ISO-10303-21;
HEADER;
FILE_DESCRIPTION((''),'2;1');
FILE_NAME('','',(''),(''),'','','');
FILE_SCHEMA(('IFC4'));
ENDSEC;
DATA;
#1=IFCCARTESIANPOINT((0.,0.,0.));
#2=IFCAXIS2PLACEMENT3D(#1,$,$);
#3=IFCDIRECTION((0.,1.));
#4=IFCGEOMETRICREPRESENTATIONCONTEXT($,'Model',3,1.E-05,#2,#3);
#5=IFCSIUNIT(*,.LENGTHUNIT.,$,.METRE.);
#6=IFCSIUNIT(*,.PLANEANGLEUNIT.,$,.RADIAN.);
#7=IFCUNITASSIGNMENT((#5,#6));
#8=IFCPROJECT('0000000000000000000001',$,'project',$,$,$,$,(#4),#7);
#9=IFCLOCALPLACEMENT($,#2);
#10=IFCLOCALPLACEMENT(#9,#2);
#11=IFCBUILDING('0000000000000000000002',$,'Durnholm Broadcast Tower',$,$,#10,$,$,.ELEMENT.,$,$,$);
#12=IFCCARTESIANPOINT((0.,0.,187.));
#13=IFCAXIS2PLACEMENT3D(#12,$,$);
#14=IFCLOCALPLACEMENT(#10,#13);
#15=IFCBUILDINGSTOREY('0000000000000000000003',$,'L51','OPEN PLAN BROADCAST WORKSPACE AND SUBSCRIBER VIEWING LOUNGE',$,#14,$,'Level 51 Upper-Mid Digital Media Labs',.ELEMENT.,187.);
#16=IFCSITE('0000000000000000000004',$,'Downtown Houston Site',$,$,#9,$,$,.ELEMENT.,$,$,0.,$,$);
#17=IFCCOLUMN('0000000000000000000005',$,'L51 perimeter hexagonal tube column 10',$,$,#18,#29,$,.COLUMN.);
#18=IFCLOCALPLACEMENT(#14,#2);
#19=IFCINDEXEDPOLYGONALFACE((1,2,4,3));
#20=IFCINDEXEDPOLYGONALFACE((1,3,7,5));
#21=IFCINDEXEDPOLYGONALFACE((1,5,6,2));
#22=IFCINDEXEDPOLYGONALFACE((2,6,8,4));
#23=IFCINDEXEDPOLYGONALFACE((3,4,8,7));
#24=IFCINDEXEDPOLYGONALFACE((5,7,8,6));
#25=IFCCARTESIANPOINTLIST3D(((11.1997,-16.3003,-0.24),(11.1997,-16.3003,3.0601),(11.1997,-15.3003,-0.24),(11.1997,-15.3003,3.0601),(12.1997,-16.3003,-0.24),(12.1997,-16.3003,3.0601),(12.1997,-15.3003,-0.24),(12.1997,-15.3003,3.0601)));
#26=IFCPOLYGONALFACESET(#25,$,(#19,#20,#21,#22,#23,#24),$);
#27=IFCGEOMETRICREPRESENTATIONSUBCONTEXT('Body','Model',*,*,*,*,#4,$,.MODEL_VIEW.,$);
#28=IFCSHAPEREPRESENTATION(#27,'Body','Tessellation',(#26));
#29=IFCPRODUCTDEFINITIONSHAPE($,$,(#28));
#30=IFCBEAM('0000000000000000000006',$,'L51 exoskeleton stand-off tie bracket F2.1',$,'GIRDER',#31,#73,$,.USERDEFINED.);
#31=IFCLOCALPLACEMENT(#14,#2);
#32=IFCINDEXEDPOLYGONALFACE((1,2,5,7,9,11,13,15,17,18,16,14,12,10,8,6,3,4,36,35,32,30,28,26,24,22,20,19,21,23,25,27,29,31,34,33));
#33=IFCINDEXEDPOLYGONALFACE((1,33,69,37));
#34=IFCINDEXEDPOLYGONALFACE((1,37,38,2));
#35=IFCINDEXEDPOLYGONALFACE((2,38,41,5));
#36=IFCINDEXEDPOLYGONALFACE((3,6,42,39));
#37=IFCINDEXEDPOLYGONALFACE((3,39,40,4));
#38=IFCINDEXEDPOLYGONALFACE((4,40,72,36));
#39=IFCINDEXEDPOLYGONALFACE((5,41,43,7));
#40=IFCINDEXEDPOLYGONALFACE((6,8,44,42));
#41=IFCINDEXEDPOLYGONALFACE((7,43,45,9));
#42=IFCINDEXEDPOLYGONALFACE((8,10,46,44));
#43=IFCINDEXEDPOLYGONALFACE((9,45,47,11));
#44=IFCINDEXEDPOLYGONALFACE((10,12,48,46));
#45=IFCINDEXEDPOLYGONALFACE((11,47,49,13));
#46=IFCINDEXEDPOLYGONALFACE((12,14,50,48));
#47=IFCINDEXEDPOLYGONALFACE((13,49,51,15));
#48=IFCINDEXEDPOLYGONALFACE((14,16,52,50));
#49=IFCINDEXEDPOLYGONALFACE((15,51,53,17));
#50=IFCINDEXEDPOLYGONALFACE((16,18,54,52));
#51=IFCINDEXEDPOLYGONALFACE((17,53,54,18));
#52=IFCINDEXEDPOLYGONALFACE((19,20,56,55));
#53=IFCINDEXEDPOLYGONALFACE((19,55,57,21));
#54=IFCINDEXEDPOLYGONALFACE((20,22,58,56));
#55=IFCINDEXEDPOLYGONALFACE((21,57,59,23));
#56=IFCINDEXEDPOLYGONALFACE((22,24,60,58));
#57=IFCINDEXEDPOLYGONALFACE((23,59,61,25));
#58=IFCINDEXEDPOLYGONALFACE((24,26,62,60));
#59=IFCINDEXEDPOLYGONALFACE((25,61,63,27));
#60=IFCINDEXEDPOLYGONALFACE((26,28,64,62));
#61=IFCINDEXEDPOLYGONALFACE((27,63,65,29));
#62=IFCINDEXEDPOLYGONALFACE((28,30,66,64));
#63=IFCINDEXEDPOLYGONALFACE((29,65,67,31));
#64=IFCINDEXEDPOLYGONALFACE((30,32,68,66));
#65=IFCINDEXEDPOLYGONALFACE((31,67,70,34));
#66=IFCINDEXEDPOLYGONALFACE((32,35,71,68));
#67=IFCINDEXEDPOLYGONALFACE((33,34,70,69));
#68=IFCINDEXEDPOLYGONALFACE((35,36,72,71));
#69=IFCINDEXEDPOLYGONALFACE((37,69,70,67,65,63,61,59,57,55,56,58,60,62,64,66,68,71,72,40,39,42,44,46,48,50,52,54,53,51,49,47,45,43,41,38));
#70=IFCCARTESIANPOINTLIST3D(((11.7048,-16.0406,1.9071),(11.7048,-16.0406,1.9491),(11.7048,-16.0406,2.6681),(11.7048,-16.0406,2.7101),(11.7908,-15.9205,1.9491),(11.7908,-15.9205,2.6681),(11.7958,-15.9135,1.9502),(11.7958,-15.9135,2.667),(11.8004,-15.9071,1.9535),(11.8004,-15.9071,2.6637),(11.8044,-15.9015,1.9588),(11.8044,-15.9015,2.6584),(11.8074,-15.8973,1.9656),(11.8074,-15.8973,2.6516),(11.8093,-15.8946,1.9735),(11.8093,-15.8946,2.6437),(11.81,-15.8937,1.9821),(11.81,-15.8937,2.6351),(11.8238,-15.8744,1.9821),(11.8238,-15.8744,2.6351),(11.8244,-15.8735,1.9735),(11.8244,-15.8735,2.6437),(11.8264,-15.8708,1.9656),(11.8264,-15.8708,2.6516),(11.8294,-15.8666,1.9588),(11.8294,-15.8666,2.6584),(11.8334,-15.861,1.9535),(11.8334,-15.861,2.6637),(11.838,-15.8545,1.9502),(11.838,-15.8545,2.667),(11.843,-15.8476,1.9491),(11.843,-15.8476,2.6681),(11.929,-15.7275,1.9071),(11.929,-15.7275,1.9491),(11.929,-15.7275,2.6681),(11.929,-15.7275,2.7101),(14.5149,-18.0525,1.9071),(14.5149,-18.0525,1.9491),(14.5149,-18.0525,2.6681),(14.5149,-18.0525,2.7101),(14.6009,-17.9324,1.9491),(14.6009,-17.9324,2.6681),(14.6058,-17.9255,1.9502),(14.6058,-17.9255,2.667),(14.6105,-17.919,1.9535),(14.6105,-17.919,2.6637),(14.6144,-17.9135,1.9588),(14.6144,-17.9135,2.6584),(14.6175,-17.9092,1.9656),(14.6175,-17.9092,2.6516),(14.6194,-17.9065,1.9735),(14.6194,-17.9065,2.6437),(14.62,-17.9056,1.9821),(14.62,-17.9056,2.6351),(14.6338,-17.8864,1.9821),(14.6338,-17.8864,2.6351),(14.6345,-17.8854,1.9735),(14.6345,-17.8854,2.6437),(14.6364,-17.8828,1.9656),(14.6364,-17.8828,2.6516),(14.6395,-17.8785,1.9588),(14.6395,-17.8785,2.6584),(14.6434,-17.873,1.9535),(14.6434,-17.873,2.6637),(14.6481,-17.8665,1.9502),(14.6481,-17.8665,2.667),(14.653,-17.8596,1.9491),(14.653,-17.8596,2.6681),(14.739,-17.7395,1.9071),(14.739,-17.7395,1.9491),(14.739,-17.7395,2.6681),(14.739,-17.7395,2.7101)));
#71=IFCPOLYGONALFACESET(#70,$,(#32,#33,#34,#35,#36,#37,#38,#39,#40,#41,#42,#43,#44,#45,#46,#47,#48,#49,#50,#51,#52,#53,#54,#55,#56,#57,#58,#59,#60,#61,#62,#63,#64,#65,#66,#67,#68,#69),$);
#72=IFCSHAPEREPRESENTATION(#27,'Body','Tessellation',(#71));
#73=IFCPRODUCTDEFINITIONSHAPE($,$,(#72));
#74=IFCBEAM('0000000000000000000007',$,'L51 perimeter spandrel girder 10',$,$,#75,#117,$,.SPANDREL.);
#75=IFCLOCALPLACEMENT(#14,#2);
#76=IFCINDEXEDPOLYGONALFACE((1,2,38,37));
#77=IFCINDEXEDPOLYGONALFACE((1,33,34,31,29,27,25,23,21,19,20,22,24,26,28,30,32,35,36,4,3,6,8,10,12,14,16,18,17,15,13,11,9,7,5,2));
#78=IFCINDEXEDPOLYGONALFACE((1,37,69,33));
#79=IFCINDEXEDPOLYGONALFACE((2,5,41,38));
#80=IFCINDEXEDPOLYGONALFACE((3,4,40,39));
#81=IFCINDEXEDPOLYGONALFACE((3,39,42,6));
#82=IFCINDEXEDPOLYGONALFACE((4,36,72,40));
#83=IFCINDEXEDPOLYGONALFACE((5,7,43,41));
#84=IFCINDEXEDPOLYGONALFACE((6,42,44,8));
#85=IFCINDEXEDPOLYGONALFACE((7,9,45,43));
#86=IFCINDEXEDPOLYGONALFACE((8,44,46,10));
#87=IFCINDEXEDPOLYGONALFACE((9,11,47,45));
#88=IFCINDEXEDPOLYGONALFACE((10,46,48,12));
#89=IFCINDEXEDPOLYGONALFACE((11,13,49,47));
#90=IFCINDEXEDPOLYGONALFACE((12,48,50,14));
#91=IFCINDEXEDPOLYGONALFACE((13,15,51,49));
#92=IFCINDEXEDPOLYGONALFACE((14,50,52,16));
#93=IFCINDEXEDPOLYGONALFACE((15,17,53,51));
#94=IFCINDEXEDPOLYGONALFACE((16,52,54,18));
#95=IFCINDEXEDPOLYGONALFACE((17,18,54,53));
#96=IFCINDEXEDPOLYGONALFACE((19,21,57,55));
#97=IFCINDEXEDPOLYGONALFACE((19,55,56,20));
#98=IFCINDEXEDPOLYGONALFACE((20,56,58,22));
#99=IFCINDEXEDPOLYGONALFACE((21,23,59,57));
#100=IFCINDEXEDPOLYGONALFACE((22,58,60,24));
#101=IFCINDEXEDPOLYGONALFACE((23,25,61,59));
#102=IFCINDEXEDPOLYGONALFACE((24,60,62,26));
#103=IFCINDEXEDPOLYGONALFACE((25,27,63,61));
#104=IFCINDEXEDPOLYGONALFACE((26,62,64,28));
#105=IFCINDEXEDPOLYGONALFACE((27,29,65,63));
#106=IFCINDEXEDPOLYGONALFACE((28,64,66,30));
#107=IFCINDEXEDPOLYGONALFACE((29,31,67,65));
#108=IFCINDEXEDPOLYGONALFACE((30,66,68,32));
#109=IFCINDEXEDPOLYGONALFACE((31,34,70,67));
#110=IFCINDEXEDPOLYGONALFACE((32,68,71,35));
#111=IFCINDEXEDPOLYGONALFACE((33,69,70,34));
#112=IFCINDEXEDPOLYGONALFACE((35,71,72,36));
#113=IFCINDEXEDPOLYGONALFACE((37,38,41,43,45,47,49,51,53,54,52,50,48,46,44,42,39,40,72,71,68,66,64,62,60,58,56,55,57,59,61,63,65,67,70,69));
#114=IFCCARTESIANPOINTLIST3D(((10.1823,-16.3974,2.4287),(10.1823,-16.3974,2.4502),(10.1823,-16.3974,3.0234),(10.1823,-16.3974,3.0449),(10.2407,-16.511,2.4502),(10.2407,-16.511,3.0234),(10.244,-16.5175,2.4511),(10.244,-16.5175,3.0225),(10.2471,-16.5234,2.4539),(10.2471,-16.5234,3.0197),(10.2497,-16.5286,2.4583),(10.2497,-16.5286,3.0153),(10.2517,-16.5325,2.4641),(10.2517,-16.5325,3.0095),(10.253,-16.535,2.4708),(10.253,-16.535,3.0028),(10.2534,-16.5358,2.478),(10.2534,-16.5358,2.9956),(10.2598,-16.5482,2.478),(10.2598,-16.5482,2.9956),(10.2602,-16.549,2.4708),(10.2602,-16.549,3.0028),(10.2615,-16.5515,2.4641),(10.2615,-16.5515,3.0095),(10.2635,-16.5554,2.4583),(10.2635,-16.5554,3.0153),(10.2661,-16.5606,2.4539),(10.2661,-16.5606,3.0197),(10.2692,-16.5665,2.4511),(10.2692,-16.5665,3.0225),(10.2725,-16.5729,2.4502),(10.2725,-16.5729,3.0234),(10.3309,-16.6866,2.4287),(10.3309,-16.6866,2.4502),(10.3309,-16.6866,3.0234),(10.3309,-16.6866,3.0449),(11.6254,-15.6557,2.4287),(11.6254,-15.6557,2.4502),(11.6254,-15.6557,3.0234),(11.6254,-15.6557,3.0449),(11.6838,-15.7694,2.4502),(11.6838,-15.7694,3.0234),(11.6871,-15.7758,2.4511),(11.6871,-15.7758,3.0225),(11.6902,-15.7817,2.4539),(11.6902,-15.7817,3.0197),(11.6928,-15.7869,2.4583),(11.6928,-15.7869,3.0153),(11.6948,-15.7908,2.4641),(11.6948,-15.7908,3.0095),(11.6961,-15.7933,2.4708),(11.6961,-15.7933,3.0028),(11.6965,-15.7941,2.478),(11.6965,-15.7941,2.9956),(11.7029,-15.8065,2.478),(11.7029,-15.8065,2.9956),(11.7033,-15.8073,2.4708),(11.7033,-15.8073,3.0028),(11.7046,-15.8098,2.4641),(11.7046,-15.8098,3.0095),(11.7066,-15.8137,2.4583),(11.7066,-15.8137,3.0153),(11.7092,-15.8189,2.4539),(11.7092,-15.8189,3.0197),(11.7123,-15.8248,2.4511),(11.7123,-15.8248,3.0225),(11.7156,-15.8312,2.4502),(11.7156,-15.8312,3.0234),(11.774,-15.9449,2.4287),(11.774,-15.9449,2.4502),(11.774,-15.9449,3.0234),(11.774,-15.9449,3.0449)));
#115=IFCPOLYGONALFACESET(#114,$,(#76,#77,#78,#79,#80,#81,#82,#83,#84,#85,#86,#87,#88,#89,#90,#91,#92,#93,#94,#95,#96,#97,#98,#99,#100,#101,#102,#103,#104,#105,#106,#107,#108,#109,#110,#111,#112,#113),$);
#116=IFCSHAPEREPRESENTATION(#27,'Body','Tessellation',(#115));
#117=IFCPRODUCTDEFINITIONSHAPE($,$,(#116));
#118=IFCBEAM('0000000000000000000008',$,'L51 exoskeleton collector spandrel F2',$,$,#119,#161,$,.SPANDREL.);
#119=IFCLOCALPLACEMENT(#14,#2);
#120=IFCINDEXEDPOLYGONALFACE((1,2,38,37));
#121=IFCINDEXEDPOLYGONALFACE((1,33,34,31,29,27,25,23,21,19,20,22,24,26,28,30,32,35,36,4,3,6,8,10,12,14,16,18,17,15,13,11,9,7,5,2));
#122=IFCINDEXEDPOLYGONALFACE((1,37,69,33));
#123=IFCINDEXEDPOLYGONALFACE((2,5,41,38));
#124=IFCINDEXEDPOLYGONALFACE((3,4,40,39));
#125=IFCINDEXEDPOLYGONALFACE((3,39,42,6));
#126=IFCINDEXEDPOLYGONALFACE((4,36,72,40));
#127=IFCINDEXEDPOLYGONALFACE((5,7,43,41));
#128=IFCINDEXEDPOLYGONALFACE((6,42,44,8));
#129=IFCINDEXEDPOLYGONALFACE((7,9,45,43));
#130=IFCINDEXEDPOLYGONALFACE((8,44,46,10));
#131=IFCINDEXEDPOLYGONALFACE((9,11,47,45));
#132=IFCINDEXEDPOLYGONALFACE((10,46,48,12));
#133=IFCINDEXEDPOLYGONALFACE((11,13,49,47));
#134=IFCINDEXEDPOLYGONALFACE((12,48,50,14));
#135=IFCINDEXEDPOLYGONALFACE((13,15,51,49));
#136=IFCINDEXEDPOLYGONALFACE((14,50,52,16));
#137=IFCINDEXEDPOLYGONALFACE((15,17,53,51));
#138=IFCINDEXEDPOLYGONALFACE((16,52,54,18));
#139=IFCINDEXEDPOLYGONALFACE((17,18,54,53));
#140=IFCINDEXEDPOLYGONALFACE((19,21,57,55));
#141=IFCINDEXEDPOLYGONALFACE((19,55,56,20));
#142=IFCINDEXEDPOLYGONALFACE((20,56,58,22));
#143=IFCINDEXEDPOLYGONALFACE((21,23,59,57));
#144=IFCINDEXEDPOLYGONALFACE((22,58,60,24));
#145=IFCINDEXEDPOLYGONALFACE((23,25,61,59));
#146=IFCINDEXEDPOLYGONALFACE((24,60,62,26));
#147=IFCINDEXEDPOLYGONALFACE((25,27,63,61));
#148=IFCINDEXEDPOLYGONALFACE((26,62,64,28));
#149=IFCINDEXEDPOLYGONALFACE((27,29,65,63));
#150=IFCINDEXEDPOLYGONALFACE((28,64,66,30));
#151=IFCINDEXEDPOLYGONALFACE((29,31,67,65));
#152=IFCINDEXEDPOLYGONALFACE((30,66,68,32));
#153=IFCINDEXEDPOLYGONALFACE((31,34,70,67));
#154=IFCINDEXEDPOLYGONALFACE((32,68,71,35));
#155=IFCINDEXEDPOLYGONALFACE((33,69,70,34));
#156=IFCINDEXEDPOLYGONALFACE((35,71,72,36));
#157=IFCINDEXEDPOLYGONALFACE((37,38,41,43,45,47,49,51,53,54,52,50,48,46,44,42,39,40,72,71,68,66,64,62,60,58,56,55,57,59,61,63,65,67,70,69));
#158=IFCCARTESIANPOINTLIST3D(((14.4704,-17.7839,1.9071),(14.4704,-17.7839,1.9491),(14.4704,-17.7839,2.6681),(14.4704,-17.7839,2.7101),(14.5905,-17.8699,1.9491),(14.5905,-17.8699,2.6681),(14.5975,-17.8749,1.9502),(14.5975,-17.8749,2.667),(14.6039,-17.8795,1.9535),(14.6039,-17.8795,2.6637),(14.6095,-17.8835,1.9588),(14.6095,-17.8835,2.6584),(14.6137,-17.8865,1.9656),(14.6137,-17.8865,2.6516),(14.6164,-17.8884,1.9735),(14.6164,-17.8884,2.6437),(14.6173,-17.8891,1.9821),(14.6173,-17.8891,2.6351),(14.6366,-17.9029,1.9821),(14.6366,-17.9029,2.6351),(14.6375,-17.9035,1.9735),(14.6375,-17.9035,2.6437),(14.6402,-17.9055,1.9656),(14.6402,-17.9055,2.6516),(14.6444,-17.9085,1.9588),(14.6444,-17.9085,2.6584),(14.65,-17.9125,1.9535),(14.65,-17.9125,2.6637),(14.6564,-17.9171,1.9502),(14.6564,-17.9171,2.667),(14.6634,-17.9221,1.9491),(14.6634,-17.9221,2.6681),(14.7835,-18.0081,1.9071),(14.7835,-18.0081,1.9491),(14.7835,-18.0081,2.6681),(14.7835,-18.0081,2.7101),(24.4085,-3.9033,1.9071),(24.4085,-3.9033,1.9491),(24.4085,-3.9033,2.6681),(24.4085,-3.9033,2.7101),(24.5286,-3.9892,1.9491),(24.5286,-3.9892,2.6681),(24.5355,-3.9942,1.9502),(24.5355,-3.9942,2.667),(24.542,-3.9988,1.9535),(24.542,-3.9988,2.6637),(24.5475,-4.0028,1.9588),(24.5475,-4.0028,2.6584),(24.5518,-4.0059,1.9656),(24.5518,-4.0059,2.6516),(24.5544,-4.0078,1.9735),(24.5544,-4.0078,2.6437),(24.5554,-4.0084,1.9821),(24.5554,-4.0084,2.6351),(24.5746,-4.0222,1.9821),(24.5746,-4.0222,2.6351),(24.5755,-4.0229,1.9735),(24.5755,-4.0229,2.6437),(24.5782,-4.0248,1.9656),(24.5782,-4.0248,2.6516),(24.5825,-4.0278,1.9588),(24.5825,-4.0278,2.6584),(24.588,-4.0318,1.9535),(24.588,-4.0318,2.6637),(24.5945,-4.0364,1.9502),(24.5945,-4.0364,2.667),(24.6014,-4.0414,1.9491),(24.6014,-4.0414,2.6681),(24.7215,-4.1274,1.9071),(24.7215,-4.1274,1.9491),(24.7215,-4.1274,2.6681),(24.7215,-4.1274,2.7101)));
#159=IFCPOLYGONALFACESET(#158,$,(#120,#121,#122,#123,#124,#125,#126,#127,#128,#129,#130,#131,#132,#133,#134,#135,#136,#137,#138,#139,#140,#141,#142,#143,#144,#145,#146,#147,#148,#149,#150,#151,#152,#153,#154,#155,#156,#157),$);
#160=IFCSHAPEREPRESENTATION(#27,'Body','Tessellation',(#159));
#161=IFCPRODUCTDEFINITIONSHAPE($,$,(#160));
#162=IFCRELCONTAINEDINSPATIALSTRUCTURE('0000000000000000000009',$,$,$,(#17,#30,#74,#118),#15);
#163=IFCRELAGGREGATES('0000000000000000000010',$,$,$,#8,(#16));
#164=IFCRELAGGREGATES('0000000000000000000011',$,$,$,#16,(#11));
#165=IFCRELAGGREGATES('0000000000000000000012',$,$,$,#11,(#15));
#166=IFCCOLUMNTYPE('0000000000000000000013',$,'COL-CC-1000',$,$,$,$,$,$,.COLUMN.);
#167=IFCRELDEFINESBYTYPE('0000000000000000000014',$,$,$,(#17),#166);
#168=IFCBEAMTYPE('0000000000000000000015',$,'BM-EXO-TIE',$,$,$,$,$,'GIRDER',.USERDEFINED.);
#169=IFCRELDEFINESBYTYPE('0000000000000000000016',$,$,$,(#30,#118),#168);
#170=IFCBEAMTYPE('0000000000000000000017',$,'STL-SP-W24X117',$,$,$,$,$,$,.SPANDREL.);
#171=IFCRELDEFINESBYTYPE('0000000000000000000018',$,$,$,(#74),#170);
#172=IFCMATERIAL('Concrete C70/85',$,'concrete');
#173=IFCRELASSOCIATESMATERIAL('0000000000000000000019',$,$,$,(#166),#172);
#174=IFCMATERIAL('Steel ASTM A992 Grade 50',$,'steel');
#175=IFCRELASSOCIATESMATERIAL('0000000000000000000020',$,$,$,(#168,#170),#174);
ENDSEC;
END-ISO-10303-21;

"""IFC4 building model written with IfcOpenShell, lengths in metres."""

from ifc_helpers import new_model, si_unit, direction, frame, origin, origin_2d, place, context, subcontext, project, spatial, rectangle, i_section, extrude, source, transform, mapped, material, material_profile, profile_set, type_object, type_shapes, element, save


model = new_model("IFC4")

# Units and contexts
model_context = context("Model", 3, precision=1e-05, world=origin(), true_north=direction((0.0, 1.0)))
body_context = subcontext(model_context, "Body", "Model", "MODEL_VIEW")
ifc_project = project(units=[si_unit("LENGTHUNIT", "METRE"), si_unit("PLANEANGLEUNIT", "RADIAN")], contexts=[model_context])

# Site, building, storey
site_placement = place(None, origin())
site = spatial("IfcSite", under=ifc_project, at=site_placement, Name="Downtown Houston Site", CompositionType="ELEMENT", RefElevation=0.0)
building_placement = place(site_placement, origin())
building = spatial("IfcBuilding", under=site, at=building_placement, Name="Durnholm Broadcast Tower", CompositionType="ELEMENT")
storey_placement = place(building_placement, frame((0.0, 0.0, 187.0)))
storey = spatial("IfcBuildingStorey", under=building, at=storey_placement, Name="L51", Description="OPEN PLAN BROADCAST WORKSPACE AND SUBSCRIBER VIEWING LOUNGE", LongName="Level 51 Upper-Mid Digital Media Labs", CompositionType="ELEMENT", Elevation=187.0)

# Column
ifc_material_1 = material(Name="Concrete C70/85", Category="concrete")
ifc_material_profile_1 = material_profile(ifc_material_1, rectangle(XDim=1.0, YDim=1.0, at=origin_2d()), Name="RC1000X1000")
ifc_profile_set_1 = profile_set([ifc_material_profile_1], Name="Concrete C70/85")
column_type = type_object("IfcColumnType", Name="COL-CC-1000", PredefinedType="COLUMN", material=ifc_profile_set_1)
shared_shape_1 = source(origin(), body_context, "Body", "SweptSolid", [
    extrude(rectangle(XDim=1.0, YDim=1.0, at=origin_2d()), origin(), (0.0, 0.0, 1.0), 3.3),
])
type_shapes(column_type, [shared_shape_1])
column_placement = place(storey_placement, frame((11.6997, -15.8003, -0.24), z_axis=(0.0, 0.0, 1.0), x_axis=(1.0, 0.0, 0.0)))
element("IfcColumn", 1, at=column_placement, inside=storey, type_object=column_type, Name="L51 perimeter hexagonal tube column 10", PredefinedType="COLUMN", context=body_context, shape_type="MappedRepresentation", body=[
    mapped(shared_shape_1, transform((0.0, 0.0, 0.0), x_axis=(1.0, 0.0, 0.0), y_axis=(0.0, 1.0, 0.0), z_axis=(0.0, 0.0, 1.0), scale=1.0)),
])

# Beams
ifc_material_2 = material(Name="Steel ASTM A992 Grade 50", Category="steel")
ifc_material_profile_2 = material_profile(ifc_material_2, i_section(OverallWidth=0.385, OverallDepth=0.803, WebThickness=0.0237, FlangeThickness=0.042, FilletRadius=0.033, at=origin_2d()), Name="W30X261")
ifc_profile_set_2 = profile_set([ifc_material_profile_2], Name="Steel ASTM A992 Grade 50")
beam_type_1 = type_object("IfcBeamType", Name="BM-EXO-TIE", ElementType="GIRDER", PredefinedType="USERDEFINED", material=ifc_profile_set_2)
shared_shape_2 = source(origin(), body_context, "Body", "SweptSolid", [
    extrude(i_section(OverallWidth=0.385, OverallDepth=0.803, WebThickness=0.0237, FlangeThickness=0.042, FilletRadius=0.033, at=origin_2d()), origin(), (0.0, 0.0, 1.0), 3.4561),
])
beam_1_placement = place(storey_placement, frame((11.8169, -15.884, 2.3086), z_axis=(0.813079, -0.582153, 0.0), x_axis=(0.582153, 0.813079, 0.0)))
element("IfcBeam", 2, at=beam_1_placement, inside=storey, type_object=beam_type_1, Name="L51 exoskeleton stand-off tie bracket F2.1", ObjectType="GIRDER", PredefinedType="USERDEFINED", context=body_context, shape_type="MappedRepresentation", body=[
    mapped(shared_shape_2, transform((0.0, 0.0, 0.0), x_axis=(1.0, 0.0, 0.0), y_axis=(0.0, 1.0, 0.0), z_axis=(0.0, 0.0, 1.0), scale=1.0)),
])
ifc_material_profile_3 = material_profile(ifc_material_2, i_section(OverallWidth=0.3252, OverallDepth=0.6162, WebThickness=0.0139, FlangeThickness=0.0215, FilletRadius=0.0278, at=origin_2d()), Name="W24X117")
ifc_profile_set_3 = profile_set([ifc_material_profile_3], Name="Steel ASTM A992 Grade 50")
beam_type_2 = type_object("IfcBeamType", Name="STL-SP-W24X117", PredefinedType="SPANDREL", material=ifc_profile_set_3)
shared_shape_3 = source(origin(), body_context, "Body", "SweptSolid", [
    extrude(i_section(OverallWidth=0.3252, OverallDepth=0.6162, WebThickness=0.0139, FlangeThickness=0.0215, FilletRadius=0.0278, at=origin_2d()), origin(), (0.0, 0.0, 1.0), 1.6226),
])
type_shapes(beam_type_2, [shared_shape_3])
beam_2_placement = place(storey_placement, frame((11.6997, -15.8003, 2.7368), z_axis=(-0.889407, -0.457117, 0.0), x_axis=(0.457117, -0.889407, 0.0)))
element("IfcBeam", 3, at=beam_2_placement, inside=storey, type_object=beam_type_2, Name="L51 perimeter spandrel girder 10", PredefinedType="SPANDREL", context=body_context, shape_type="MappedRepresentation", body=[
    mapped(shared_shape_3, transform((0.0, 0.0, 0.0), x_axis=(1.0, 0.0, 0.0), y_axis=(0.0, 1.0, 0.0), z_axis=(0.0, 0.0, 1.0), scale=1.0)),
])
shared_shape_4 = source(origin(), body_context, "Body", "SweptSolid", [
    extrude(i_section(OverallWidth=0.385, OverallDepth=0.803, WebThickness=0.0237, FlangeThickness=0.042, FilletRadius=0.033, at=origin_2d()), origin(), (0.0, 0.0, 1.0), 17.0715),
])
type_shapes(beam_type_1, [shared_shape_2, shared_shape_4])
beam_3_placement = place(storey_placement, frame((14.627, -17.896, 2.3086), z_axis=(0.58214, 0.813088, 0.0), x_axis=(-0.813088, 0.58214, 0.0)))
element("IfcBeam", 4, at=beam_3_placement, inside=storey, type_object=beam_type_1, Name="L51 exoskeleton collector spandrel F2", PredefinedType="SPANDREL", context=body_context, shape_type="MappedRepresentation", body=[
    mapped(shared_shape_4, transform((0.0, 0.0, 0.0), x_axis=(1.0, 0.0, 0.0), y_axis=(0.0, 1.0, 0.0), z_axis=(0.0, 0.0, 1.0), scale=1.0)),
])

save(model, "model.ifc")
